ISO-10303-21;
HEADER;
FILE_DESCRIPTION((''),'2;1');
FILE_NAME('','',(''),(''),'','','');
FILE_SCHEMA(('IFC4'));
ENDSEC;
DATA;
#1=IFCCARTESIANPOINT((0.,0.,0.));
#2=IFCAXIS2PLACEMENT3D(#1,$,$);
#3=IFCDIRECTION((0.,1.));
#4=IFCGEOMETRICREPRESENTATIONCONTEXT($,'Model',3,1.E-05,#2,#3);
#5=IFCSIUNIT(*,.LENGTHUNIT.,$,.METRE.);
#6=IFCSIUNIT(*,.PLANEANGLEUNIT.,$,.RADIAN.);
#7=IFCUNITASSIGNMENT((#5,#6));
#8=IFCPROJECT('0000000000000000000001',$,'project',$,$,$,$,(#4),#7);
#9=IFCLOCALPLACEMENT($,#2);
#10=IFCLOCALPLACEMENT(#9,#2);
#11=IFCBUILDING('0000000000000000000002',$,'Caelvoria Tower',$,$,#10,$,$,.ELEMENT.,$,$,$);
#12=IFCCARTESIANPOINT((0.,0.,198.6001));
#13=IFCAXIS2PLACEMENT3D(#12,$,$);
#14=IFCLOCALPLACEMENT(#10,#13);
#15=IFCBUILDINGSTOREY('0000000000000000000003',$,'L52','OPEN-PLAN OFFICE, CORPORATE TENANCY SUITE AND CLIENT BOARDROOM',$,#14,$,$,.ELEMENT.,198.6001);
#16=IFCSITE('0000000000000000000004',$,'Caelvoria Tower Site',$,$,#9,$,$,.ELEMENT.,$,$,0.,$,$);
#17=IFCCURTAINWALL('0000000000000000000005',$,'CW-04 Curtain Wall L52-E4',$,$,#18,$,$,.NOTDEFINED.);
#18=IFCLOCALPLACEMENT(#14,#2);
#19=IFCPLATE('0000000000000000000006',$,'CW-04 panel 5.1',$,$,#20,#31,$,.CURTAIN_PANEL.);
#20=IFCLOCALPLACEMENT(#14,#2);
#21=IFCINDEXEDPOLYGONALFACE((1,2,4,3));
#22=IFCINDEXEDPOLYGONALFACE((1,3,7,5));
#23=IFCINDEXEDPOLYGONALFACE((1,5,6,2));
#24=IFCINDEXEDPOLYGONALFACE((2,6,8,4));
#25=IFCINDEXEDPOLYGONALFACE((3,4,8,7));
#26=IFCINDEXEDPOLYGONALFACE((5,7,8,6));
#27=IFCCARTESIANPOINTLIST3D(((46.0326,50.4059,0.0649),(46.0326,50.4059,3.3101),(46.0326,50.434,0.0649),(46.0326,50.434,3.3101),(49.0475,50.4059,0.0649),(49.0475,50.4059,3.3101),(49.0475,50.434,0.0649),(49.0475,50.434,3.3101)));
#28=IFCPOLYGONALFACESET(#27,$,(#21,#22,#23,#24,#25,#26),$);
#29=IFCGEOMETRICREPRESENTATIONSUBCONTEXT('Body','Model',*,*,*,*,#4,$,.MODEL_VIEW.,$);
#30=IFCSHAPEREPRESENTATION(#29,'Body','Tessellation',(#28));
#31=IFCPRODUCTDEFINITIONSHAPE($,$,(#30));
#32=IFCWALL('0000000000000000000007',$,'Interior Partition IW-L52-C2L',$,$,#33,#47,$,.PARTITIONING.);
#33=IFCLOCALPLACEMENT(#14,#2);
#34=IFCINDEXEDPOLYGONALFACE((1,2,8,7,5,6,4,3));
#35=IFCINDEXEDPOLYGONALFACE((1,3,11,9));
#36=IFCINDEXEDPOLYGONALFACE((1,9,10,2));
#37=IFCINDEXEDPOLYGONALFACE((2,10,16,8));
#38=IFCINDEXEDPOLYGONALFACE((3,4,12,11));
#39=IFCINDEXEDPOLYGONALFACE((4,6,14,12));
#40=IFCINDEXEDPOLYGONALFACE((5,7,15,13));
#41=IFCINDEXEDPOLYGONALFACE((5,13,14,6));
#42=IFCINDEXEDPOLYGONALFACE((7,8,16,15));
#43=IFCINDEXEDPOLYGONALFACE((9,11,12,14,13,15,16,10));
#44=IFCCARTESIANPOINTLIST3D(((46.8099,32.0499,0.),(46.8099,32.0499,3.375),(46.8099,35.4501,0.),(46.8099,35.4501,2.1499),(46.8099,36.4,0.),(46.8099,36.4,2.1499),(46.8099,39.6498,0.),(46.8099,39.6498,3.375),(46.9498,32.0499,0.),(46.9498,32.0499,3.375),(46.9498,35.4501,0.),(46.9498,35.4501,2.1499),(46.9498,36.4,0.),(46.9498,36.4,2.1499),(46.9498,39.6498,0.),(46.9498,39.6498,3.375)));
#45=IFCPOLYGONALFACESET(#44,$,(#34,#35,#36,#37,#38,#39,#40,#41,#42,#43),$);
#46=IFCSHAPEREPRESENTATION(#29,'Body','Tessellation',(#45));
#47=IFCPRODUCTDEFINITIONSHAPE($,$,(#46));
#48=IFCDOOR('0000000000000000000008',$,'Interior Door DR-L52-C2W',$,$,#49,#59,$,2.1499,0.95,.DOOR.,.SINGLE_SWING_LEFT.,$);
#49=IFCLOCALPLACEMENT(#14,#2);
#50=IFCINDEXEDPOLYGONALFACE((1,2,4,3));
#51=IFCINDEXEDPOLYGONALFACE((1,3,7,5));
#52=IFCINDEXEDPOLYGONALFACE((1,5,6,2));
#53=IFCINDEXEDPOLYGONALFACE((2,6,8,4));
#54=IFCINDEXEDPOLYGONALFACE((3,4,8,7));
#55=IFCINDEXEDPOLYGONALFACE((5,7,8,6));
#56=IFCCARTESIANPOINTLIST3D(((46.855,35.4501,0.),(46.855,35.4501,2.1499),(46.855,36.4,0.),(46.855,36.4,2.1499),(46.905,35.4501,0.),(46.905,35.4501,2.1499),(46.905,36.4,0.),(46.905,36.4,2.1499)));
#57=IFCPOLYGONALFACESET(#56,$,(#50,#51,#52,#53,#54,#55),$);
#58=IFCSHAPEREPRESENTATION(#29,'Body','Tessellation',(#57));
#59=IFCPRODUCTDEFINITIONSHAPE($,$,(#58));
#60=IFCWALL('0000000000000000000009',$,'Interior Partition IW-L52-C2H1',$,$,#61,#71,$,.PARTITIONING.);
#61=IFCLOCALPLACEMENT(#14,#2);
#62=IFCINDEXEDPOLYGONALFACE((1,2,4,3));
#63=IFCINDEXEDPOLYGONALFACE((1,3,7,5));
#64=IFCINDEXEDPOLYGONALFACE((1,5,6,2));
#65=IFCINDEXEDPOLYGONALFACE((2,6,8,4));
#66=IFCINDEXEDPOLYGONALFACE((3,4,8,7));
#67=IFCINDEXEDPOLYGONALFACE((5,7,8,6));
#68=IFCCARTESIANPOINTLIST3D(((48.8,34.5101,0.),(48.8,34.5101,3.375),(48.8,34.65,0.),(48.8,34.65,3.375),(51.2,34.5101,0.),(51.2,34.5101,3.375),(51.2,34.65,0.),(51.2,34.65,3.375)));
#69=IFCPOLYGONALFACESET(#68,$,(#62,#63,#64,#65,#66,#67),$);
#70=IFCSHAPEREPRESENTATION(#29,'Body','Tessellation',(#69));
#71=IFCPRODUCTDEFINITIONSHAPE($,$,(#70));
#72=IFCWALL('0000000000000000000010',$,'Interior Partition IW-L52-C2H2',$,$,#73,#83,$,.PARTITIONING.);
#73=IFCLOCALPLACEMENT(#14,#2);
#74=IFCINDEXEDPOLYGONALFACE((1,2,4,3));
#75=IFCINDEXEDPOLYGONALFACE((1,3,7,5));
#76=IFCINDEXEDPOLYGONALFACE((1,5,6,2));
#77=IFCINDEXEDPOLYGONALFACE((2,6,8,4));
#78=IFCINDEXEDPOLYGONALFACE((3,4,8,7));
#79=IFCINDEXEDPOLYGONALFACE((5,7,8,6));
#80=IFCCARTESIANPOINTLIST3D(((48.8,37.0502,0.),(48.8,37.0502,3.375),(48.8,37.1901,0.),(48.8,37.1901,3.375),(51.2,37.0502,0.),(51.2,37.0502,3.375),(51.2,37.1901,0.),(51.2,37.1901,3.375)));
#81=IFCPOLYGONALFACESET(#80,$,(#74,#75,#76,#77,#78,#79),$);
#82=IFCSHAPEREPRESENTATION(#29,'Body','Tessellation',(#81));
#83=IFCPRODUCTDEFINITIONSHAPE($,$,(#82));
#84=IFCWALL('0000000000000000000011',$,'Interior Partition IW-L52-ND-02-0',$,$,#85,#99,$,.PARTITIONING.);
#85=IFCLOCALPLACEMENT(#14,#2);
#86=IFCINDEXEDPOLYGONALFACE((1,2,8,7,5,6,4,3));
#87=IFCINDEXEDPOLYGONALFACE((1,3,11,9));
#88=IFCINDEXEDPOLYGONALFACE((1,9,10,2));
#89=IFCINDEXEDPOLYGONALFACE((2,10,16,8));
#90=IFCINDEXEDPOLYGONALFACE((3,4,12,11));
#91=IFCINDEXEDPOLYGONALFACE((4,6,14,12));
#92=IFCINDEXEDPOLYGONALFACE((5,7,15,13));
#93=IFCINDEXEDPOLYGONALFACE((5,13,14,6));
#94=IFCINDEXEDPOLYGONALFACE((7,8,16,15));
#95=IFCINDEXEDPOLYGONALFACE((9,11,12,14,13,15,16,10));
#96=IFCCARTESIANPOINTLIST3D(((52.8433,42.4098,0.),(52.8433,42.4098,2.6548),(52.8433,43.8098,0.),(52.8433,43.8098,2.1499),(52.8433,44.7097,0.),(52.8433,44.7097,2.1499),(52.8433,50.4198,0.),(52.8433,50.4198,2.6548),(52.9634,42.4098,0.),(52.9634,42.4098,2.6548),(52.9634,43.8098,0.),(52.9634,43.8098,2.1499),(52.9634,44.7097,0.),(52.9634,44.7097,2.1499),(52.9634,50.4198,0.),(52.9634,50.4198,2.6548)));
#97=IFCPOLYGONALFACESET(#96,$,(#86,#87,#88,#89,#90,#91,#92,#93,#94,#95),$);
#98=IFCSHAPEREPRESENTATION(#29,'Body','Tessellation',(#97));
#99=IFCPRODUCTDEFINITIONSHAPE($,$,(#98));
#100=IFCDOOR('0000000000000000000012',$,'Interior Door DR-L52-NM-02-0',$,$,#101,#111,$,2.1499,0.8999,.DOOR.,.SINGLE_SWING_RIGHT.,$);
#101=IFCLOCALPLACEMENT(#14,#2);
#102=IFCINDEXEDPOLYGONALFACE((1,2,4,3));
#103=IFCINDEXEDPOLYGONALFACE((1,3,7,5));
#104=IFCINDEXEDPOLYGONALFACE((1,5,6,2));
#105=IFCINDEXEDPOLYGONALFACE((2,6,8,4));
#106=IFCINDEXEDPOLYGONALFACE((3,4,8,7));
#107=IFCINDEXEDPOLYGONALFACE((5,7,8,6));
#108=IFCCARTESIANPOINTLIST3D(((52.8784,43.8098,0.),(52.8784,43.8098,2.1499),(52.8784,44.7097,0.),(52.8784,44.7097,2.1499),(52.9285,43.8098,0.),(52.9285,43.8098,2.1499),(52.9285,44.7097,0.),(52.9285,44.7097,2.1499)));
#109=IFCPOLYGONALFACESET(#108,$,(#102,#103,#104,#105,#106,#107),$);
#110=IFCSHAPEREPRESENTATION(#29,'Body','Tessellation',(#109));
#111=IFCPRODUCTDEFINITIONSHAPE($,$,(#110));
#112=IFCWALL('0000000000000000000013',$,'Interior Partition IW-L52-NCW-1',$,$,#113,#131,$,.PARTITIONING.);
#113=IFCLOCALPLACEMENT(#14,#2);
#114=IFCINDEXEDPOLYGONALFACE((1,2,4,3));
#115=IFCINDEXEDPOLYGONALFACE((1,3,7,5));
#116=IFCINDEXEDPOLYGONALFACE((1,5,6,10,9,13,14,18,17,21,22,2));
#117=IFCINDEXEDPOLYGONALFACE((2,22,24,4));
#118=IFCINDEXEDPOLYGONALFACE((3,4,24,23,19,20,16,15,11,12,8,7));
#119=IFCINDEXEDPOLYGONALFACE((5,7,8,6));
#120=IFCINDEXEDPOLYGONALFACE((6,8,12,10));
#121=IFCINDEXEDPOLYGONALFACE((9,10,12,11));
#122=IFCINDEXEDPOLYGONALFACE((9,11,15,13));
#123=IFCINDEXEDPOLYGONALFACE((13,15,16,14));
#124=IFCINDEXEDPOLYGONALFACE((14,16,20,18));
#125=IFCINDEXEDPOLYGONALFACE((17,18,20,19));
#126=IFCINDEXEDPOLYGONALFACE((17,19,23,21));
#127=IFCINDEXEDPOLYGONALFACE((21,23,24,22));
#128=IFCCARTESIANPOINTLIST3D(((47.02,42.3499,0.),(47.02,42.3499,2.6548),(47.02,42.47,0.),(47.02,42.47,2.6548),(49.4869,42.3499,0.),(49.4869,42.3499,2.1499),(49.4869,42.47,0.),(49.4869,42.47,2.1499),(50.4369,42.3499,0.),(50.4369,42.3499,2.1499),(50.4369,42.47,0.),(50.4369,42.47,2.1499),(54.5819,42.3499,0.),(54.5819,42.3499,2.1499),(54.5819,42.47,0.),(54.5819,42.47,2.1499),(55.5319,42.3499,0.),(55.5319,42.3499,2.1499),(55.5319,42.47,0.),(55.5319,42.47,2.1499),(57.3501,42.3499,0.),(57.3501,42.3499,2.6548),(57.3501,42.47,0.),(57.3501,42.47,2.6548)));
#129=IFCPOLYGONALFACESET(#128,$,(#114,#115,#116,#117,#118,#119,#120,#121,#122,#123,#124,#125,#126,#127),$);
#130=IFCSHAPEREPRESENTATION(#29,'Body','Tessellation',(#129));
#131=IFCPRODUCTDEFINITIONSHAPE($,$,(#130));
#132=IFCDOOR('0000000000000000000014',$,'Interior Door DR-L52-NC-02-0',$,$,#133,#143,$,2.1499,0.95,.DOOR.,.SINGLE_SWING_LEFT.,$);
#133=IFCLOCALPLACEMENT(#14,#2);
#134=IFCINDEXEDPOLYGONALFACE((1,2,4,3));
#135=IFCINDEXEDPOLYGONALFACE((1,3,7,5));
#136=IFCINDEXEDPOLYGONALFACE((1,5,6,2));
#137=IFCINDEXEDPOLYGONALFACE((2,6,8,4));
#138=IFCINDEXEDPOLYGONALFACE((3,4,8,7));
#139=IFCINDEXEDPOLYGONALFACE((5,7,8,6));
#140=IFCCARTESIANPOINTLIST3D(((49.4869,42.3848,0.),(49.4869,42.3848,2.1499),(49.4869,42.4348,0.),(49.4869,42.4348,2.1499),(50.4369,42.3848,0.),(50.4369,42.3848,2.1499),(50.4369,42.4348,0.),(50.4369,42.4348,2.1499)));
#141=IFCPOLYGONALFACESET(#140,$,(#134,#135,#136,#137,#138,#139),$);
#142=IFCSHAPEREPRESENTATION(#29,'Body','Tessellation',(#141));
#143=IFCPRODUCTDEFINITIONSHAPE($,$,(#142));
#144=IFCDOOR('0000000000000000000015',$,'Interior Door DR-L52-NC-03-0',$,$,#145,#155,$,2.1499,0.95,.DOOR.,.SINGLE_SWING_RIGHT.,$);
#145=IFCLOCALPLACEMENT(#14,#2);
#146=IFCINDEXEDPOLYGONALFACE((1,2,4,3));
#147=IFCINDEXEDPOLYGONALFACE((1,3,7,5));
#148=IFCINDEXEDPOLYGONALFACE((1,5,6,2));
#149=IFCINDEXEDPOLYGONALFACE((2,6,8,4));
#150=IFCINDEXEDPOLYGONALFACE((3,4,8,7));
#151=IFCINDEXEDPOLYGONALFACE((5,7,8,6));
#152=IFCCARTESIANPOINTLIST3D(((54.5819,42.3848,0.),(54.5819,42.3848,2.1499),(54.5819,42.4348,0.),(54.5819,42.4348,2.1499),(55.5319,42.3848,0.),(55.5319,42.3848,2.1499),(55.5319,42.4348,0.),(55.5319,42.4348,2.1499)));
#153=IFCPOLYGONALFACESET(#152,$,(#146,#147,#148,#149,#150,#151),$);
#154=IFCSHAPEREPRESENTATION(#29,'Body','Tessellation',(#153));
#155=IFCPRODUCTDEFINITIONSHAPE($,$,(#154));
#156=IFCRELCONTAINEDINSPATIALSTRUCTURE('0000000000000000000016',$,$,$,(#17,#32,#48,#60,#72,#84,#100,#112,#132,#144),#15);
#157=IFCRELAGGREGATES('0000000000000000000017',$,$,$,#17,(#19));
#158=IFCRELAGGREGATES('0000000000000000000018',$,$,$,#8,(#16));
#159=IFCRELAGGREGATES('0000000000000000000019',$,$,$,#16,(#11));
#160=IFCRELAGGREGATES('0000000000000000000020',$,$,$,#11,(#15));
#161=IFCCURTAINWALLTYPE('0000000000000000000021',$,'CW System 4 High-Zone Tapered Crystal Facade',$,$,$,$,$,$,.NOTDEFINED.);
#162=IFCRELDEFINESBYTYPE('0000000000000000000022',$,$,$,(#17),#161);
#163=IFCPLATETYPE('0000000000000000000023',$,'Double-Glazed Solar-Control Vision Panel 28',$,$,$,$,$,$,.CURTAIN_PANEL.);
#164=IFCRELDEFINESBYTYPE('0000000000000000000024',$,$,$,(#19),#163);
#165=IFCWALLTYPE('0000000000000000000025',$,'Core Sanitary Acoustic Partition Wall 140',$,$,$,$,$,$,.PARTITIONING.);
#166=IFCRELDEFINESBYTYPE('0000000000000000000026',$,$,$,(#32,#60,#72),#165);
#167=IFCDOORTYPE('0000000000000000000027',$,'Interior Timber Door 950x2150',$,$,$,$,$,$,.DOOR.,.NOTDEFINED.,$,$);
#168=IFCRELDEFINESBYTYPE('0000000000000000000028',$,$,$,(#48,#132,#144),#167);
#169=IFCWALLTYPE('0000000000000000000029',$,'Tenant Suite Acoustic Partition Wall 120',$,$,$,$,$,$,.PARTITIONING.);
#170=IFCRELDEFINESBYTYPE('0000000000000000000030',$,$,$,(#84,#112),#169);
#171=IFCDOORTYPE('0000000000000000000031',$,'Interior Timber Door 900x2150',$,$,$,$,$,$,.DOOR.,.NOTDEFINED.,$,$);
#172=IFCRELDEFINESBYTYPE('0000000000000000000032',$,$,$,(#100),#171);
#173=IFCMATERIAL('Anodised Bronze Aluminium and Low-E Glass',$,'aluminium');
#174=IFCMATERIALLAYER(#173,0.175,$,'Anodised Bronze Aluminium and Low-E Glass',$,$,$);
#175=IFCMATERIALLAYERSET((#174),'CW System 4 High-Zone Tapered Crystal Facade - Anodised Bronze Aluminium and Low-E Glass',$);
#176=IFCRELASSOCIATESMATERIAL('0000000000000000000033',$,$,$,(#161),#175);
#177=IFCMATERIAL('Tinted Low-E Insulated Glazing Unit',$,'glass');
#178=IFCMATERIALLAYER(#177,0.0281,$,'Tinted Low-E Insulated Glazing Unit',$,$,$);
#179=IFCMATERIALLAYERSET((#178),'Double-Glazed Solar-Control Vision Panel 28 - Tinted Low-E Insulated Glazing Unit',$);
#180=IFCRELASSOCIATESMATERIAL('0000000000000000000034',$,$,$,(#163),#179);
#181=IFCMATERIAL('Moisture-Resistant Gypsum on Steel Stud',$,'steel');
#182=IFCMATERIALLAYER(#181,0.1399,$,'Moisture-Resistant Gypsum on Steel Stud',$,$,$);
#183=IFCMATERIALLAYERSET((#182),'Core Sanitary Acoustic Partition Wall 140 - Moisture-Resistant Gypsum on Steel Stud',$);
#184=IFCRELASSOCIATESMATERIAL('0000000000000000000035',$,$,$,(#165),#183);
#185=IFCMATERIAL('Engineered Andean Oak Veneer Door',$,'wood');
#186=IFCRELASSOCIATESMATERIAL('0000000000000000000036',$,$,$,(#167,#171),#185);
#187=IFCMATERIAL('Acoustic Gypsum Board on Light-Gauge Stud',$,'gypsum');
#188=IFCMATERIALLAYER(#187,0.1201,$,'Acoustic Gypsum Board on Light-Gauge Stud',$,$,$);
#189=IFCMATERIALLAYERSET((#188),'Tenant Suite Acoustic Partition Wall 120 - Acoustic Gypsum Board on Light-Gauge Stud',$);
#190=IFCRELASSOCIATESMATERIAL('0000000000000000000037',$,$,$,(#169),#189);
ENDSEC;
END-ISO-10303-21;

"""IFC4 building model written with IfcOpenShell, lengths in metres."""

from ifc_helpers import new_model, si_unit, direction, frame, frame_2d, origin, origin_2d, place, context, subcontext, project, spatial, rectangle, extrude, material, layer, layer_set, type_object, element, fill, aggregate, save


model = new_model("IFC4")

# Units and contexts
model_context = context("Model", 3, precision=1e-05, world=origin(), true_north=direction((0.0, 1.0)))
body_context = subcontext(model_context, "Body", "Model", "MODEL_VIEW")
ifc_project = project(units=[si_unit("LENGTHUNIT", "METRE"), si_unit("PLANEANGLEUNIT", "RADIAN")], contexts=[model_context])

# Site, building, storey
site_placement = place(None, origin())
site = spatial("IfcSite", under=ifc_project, at=site_placement, Name="Caelvoria Tower Site", CompositionType="ELEMENT", RefElevation=0.0)
building_placement = place(site_placement, origin())
building = spatial("IfcBuilding", under=site, at=building_placement, Name="Caelvoria Tower", CompositionType="ELEMENT")
storey_placement = place(building_placement, frame((0.0, 0.0, 198.6001)))
storey = spatial("IfcBuildingStorey", under=building, at=storey_placement, Name="L52", Description="OPEN-PLAN OFFICE, CORPORATE TENANCY SUITE AND CLIENT BOARDROOM", CompositionType="ELEMENT", Elevation=198.6001)

# Curtain wall
ifc_material_1 = material(Name="Anodised Bronze Aluminium and Low-E Glass", Category="aluminium")
ifc_layer_1 = layer(ifc_material_1, 0.175, Name="Anodised Bronze Aluminium and Low-E Glass")
ifc_layer_set_1 = layer_set([ifc_layer_1], Name="CW System 4 High-Zone Tapered Crystal Facade - Anodised Bronze Aluminium and Low-E Glass")
curtain_wall_type = type_object("IfcCurtainWallType", Name="CW System 4 High-Zone Tapered Crystal Facade", PredefinedType="NOTDEFINED", material=ifc_layer_set_1)
curtain_wall_placement = place(storey_placement, origin())
curtain_wall = element("IfcCurtainWall", 1, at=curtain_wall_placement, inside=storey, type_object=curtain_wall_type, Name="CW-04 Curtain Wall L52-E4", PredefinedType="NOTDEFINED")

# Plate
ifc_material_2 = material(Name="Tinted Low-E Insulated Glazing Unit", Category="glass")
ifc_layer_2 = layer(ifc_material_2, 0.0281, Name="Tinted Low-E Insulated Glazing Unit")
ifc_layer_set_2 = layer_set([ifc_layer_2], Name="Double-Glazed Solar-Control Vision Panel 28 - Tinted Low-E Insulated Glazing Unit")
plate_type = type_object("IfcPlateType", Name="Double-Glazed Solar-Control Vision Panel 28", PredefinedType="CURTAIN_PANEL", material=ifc_layer_set_2)
plate_placement = place(storey_placement, frame((47.54, 50.4199, 0.0649), z_axis=(0.0, 0.0, 1.0), x_axis=(-1.0, 0.0, 0.0)))
plate = element("IfcPlate", 2, at=plate_placement, type_object=plate_type, Name="CW-04 panel 5.1", PredefinedType="CURTAIN_PANEL", context=body_context, shape_type="SweptSolid", body=[
    extrude(rectangle(XDim=3.0149, YDim=0.0281, at=origin_2d()), origin(), (0.0, 0.0, 1.0), 3.2451),
])
aggregate(curtain_wall, [plate])

# Wall, opening, door
ifc_material_3 = material(Name="Moisture-Resistant Gypsum on Steel Stud", Category="steel")
ifc_layer_3 = layer(ifc_material_3, 0.1399, Name="Moisture-Resistant Gypsum on Steel Stud")
ifc_layer_set_3 = layer_set([ifc_layer_3], Name="Core Sanitary Acoustic Partition Wall 140 - Moisture-Resistant Gypsum on Steel Stud")
wall_type_1 = type_object("IfcWallType", Name="Core Sanitary Acoustic Partition Wall 140", PredefinedType="PARTITIONING", material=ifc_layer_set_3)
wall_1_placement = place(storey_placement, frame((46.8799, 32.05, 0.0), z_axis=(0.0, 0.0, 1.0), x_axis=(0.0, 1.0, 0.0)))
wall_1 = element("IfcWall", 3, at=wall_1_placement, inside=storey, type_object=wall_type_1, Name="Interior Partition IW-L52-C2L", PredefinedType="PARTITIONING", context=body_context, shape_type="SweptSolid", body=[
    extrude(rectangle(XDim=7.5999, YDim=0.1399, at=frame_2d((3.7998, 0.0))), origin(), (0.0, 0.0, 1.0), 3.375),
])
opening_1_placement = place(wall_1_placement, frame((3.3999, 0.0, 0.0)))
opening_1 = element("IfcOpeningElement", 4, at=opening_1_placement, cuts=wall_1, PredefinedType="OPENING", context=body_context, shape_type="SweptSolid", body=[
    extrude(rectangle(XDim=0.95, YDim=2.1499, at=frame_2d((0.4751, 1.075))), frame((0.0, 0.0798, 0.0), z_axis=(0.0, -1.0, 0.0), x_axis=(1.0, 0.0, 0.0)), (0.0, 0.0, 1.0), 0.1599),
])
ifc_material_4 = material(Name="Engineered Andean Oak Veneer Door", Category="wood")
door_type_1 = type_object("IfcDoorType", Name="Interior Timber Door 950x2150", OperationType="NOTDEFINED", PredefinedType="DOOR", material=ifc_material_4)
door_1_placement = place(opening_1_placement, origin())
door_1 = element("IfcDoor", 5, at=door_1_placement, inside=storey, type_object=door_type_1, Name="Interior Door DR-L52-C2W", OperationType="SINGLE_SWING_LEFT", OverallHeight=2.1499, OverallWidth=0.95, PredefinedType="DOOR", context=body_context, shape_type="SweptSolid", body=[
    extrude(rectangle(XDim=0.95, YDim=2.1499, at=frame_2d((0.4751, 1.075))), frame((0.0, 0.0249, 0.0), z_axis=(0.0, -1.0, 0.0), x_axis=(1.0, 0.0, 0.0)), (0.0, 0.0, 1.0), 0.05),
])
fill(opening_1, door_1)

# Shared definitions
door_type_2 = type_object("IfcDoorType", Name="Interior Timber Door 900x2150", OperationType="NOTDEFINED", PredefinedType="DOOR", material=ifc_material_4)

# Walls
for number, where, z_axis, x_axis, name in (
    (6, (48.8, 34.5801, 0.0), (0.0, 0.0, 1.0), (1.0, 0.0, 0.0), "Interior Partition IW-L52-C2H1"),
    (7, (48.8, 37.1201, 0.0), (0.0, 0.0, 1.0), (1.0, 0.0, 0.0), "Interior Partition IW-L52-C2H2"),
):
    element("IfcWall", number, at=place(storey_placement, frame(where, z_axis=z_axis, x_axis=x_axis)), inside=storey, type_object=wall_type_1, Name=name, PredefinedType="PARTITIONING", context=body_context, shape_type="SweptSolid", body=[
        extrude(rectangle(XDim=2.3999, YDim=0.1399, at=frame_2d((1.2, 0.0))), origin(), (0.0, 0.0, 1.0), 3.375),
    ])

# Wall, opening, door
ifc_material_5 = material(Name="Acoustic Gypsum Board on Light-Gauge Stud", Category="gypsum")
ifc_layer_4 = layer(ifc_material_5, 0.1201, Name="Acoustic Gypsum Board on Light-Gauge Stud")
ifc_layer_set_4 = layer_set([ifc_layer_4], Name="Tenant Suite Acoustic Partition Wall 120 - Acoustic Gypsum Board on Light-Gauge Stud")
wall_type_2 = type_object("IfcWallType", Name="Tenant Suite Acoustic Partition Wall 120", PredefinedType="PARTITIONING", material=ifc_layer_set_4)
wall_2_placement = place(storey_placement, frame((52.9033, 42.4099, 0.0), z_axis=(0.0, 0.0, 1.0), x_axis=(0.0, 1.0, 0.0)))
wall_2 = element("IfcWall", 8, at=wall_2_placement, inside=storey, type_object=wall_type_2, Name="Interior Partition IW-L52-ND-02-0", PredefinedType="PARTITIONING", context=body_context, shape_type="SweptSolid", body=[
    extrude(rectangle(XDim=8.01, YDim=0.1201, at=frame_2d((4.0049, 0.0))), origin(), (0.0, 0.0, 1.0), 2.6548),
])
opening_2_placement = place(wall_2_placement, frame((1.3999, 0.0, 0.0)))
opening_2 = element("IfcOpeningElement", 9, at=opening_2_placement, cuts=wall_2, PredefinedType="OPENING", context=body_context, shape_type="SweptSolid", body=[
    extrude(rectangle(XDim=0.8999, YDim=2.1499, at=frame_2d((0.45, 1.075))), frame((0.0, 0.0701, 0.0), z_axis=(0.0, -1.0, 0.0), x_axis=(1.0, 0.0, 0.0)), (0.0, 0.0, 1.0), 0.1401),
])
door_2_placement = place(opening_2_placement, origin())
door_2 = element("IfcDoor", 10, at=door_2_placement, inside=storey, type_object=door_type_2, Name="Interior Door DR-L52-NM-02-0", OperationType="SINGLE_SWING_RIGHT", OverallHeight=2.1499, OverallWidth=0.8999, PredefinedType="DOOR", context=body_context, shape_type="SweptSolid", body=[
    extrude(rectangle(XDim=0.8999, YDim=2.1499, at=frame_2d((0.45, 1.075))), frame((0.0, 0.0249, 0.0), z_axis=(0.0, -1.0, 0.0), x_axis=(1.0, 0.0, 0.0)), (0.0, 0.0, 1.0), 0.05),
])
fill(opening_2, door_2)

# Wall, openings, doors
wall_3_placement = place(storey_placement, frame((47.02, 42.4099, 0.0), z_axis=(0.0, 0.0, 1.0), x_axis=(1.0, 0.0, 0.0)))
wall_3 = element("IfcWall", 11, at=wall_3_placement, inside=storey, type_object=wall_type_2, Name="Interior Partition IW-L52-NCW-1", PredefinedType="PARTITIONING", context=body_context, shape_type="SweptSolid", body=[
    extrude(rectangle(XDim=10.3301, YDim=0.1201, at=frame_2d((5.165, 0.0))), origin(), (0.0, 0.0, 1.0), 2.6548),
])
opening_3_placement = place(wall_3_placement, frame((2.4668, 0.0, 0.0)))
opening_3 = element("IfcOpeningElement", 12, at=opening_3_placement, cuts=wall_3, PredefinedType="OPENING", context=body_context, shape_type="SweptSolid", body=[
    extrude(rectangle(XDim=0.95, YDim=2.1499, at=frame_2d((0.4751, 1.075))), frame((0.0, 0.0701, 0.0), z_axis=(0.0, -1.0, 0.0), x_axis=(1.0, 0.0, 0.0)), (0.0, 0.0, 1.0), 0.1401),
])
opening_4_placement = place(wall_3_placement, frame((7.5618, 0.0, 0.0)))
opening_4 = element("IfcOpeningElement", 13, at=opening_4_placement, cuts=wall_3, PredefinedType="OPENING", context=body_context, shape_type="SweptSolid", body=[
    extrude(rectangle(XDim=0.95, YDim=2.1499, at=frame_2d((0.4751, 1.075))), frame((0.0, 0.0701, 0.0), z_axis=(0.0, -1.0, 0.0), x_axis=(1.0, 0.0, 0.0)), (0.0, 0.0, 1.0), 0.1401),
])
door_3_placement = place(opening_3_placement, origin())
door_3 = element("IfcDoor", 14, at=door_3_placement, inside=storey, type_object=door_type_1, Name="Interior Door DR-L52-NC-02-0", OperationType="SINGLE_SWING_LEFT", OverallHeight=2.1499, OverallWidth=0.95, PredefinedType="DOOR", context=body_context, shape_type="SweptSolid", body=[
    extrude(rectangle(XDim=0.95, YDim=2.1499, at=frame_2d((0.4751, 1.075))), frame((0.0, 0.0249, 0.0), z_axis=(0.0, -1.0, 0.0), x_axis=(1.0, 0.0, 0.0)), (0.0, 0.0, 1.0), 0.05),
])
fill(opening_3, door_3)
door_4_placement = place(opening_4_placement, origin())
door_4 = element("IfcDoor", 15, at=door_4_placement, inside=storey, type_object=door_type_1, Name="Interior Door DR-L52-NC-03-0", OperationType="SINGLE_SWING_RIGHT", OverallHeight=2.1499, OverallWidth=0.95, PredefinedType="DOOR", context=body_context, shape_type="SweptSolid", body=[
    extrude(rectangle(XDim=0.95, YDim=2.1499, at=frame_2d((0.4751, 1.075))), frame((0.0, 0.0249, 0.0), z_axis=(0.0, -1.0, 0.0), x_axis=(1.0, 0.0, 0.0)), (0.0, 0.0, 1.0), 0.05),
])
fill(opening_4, door_4)

save(model, "model.ifc")
